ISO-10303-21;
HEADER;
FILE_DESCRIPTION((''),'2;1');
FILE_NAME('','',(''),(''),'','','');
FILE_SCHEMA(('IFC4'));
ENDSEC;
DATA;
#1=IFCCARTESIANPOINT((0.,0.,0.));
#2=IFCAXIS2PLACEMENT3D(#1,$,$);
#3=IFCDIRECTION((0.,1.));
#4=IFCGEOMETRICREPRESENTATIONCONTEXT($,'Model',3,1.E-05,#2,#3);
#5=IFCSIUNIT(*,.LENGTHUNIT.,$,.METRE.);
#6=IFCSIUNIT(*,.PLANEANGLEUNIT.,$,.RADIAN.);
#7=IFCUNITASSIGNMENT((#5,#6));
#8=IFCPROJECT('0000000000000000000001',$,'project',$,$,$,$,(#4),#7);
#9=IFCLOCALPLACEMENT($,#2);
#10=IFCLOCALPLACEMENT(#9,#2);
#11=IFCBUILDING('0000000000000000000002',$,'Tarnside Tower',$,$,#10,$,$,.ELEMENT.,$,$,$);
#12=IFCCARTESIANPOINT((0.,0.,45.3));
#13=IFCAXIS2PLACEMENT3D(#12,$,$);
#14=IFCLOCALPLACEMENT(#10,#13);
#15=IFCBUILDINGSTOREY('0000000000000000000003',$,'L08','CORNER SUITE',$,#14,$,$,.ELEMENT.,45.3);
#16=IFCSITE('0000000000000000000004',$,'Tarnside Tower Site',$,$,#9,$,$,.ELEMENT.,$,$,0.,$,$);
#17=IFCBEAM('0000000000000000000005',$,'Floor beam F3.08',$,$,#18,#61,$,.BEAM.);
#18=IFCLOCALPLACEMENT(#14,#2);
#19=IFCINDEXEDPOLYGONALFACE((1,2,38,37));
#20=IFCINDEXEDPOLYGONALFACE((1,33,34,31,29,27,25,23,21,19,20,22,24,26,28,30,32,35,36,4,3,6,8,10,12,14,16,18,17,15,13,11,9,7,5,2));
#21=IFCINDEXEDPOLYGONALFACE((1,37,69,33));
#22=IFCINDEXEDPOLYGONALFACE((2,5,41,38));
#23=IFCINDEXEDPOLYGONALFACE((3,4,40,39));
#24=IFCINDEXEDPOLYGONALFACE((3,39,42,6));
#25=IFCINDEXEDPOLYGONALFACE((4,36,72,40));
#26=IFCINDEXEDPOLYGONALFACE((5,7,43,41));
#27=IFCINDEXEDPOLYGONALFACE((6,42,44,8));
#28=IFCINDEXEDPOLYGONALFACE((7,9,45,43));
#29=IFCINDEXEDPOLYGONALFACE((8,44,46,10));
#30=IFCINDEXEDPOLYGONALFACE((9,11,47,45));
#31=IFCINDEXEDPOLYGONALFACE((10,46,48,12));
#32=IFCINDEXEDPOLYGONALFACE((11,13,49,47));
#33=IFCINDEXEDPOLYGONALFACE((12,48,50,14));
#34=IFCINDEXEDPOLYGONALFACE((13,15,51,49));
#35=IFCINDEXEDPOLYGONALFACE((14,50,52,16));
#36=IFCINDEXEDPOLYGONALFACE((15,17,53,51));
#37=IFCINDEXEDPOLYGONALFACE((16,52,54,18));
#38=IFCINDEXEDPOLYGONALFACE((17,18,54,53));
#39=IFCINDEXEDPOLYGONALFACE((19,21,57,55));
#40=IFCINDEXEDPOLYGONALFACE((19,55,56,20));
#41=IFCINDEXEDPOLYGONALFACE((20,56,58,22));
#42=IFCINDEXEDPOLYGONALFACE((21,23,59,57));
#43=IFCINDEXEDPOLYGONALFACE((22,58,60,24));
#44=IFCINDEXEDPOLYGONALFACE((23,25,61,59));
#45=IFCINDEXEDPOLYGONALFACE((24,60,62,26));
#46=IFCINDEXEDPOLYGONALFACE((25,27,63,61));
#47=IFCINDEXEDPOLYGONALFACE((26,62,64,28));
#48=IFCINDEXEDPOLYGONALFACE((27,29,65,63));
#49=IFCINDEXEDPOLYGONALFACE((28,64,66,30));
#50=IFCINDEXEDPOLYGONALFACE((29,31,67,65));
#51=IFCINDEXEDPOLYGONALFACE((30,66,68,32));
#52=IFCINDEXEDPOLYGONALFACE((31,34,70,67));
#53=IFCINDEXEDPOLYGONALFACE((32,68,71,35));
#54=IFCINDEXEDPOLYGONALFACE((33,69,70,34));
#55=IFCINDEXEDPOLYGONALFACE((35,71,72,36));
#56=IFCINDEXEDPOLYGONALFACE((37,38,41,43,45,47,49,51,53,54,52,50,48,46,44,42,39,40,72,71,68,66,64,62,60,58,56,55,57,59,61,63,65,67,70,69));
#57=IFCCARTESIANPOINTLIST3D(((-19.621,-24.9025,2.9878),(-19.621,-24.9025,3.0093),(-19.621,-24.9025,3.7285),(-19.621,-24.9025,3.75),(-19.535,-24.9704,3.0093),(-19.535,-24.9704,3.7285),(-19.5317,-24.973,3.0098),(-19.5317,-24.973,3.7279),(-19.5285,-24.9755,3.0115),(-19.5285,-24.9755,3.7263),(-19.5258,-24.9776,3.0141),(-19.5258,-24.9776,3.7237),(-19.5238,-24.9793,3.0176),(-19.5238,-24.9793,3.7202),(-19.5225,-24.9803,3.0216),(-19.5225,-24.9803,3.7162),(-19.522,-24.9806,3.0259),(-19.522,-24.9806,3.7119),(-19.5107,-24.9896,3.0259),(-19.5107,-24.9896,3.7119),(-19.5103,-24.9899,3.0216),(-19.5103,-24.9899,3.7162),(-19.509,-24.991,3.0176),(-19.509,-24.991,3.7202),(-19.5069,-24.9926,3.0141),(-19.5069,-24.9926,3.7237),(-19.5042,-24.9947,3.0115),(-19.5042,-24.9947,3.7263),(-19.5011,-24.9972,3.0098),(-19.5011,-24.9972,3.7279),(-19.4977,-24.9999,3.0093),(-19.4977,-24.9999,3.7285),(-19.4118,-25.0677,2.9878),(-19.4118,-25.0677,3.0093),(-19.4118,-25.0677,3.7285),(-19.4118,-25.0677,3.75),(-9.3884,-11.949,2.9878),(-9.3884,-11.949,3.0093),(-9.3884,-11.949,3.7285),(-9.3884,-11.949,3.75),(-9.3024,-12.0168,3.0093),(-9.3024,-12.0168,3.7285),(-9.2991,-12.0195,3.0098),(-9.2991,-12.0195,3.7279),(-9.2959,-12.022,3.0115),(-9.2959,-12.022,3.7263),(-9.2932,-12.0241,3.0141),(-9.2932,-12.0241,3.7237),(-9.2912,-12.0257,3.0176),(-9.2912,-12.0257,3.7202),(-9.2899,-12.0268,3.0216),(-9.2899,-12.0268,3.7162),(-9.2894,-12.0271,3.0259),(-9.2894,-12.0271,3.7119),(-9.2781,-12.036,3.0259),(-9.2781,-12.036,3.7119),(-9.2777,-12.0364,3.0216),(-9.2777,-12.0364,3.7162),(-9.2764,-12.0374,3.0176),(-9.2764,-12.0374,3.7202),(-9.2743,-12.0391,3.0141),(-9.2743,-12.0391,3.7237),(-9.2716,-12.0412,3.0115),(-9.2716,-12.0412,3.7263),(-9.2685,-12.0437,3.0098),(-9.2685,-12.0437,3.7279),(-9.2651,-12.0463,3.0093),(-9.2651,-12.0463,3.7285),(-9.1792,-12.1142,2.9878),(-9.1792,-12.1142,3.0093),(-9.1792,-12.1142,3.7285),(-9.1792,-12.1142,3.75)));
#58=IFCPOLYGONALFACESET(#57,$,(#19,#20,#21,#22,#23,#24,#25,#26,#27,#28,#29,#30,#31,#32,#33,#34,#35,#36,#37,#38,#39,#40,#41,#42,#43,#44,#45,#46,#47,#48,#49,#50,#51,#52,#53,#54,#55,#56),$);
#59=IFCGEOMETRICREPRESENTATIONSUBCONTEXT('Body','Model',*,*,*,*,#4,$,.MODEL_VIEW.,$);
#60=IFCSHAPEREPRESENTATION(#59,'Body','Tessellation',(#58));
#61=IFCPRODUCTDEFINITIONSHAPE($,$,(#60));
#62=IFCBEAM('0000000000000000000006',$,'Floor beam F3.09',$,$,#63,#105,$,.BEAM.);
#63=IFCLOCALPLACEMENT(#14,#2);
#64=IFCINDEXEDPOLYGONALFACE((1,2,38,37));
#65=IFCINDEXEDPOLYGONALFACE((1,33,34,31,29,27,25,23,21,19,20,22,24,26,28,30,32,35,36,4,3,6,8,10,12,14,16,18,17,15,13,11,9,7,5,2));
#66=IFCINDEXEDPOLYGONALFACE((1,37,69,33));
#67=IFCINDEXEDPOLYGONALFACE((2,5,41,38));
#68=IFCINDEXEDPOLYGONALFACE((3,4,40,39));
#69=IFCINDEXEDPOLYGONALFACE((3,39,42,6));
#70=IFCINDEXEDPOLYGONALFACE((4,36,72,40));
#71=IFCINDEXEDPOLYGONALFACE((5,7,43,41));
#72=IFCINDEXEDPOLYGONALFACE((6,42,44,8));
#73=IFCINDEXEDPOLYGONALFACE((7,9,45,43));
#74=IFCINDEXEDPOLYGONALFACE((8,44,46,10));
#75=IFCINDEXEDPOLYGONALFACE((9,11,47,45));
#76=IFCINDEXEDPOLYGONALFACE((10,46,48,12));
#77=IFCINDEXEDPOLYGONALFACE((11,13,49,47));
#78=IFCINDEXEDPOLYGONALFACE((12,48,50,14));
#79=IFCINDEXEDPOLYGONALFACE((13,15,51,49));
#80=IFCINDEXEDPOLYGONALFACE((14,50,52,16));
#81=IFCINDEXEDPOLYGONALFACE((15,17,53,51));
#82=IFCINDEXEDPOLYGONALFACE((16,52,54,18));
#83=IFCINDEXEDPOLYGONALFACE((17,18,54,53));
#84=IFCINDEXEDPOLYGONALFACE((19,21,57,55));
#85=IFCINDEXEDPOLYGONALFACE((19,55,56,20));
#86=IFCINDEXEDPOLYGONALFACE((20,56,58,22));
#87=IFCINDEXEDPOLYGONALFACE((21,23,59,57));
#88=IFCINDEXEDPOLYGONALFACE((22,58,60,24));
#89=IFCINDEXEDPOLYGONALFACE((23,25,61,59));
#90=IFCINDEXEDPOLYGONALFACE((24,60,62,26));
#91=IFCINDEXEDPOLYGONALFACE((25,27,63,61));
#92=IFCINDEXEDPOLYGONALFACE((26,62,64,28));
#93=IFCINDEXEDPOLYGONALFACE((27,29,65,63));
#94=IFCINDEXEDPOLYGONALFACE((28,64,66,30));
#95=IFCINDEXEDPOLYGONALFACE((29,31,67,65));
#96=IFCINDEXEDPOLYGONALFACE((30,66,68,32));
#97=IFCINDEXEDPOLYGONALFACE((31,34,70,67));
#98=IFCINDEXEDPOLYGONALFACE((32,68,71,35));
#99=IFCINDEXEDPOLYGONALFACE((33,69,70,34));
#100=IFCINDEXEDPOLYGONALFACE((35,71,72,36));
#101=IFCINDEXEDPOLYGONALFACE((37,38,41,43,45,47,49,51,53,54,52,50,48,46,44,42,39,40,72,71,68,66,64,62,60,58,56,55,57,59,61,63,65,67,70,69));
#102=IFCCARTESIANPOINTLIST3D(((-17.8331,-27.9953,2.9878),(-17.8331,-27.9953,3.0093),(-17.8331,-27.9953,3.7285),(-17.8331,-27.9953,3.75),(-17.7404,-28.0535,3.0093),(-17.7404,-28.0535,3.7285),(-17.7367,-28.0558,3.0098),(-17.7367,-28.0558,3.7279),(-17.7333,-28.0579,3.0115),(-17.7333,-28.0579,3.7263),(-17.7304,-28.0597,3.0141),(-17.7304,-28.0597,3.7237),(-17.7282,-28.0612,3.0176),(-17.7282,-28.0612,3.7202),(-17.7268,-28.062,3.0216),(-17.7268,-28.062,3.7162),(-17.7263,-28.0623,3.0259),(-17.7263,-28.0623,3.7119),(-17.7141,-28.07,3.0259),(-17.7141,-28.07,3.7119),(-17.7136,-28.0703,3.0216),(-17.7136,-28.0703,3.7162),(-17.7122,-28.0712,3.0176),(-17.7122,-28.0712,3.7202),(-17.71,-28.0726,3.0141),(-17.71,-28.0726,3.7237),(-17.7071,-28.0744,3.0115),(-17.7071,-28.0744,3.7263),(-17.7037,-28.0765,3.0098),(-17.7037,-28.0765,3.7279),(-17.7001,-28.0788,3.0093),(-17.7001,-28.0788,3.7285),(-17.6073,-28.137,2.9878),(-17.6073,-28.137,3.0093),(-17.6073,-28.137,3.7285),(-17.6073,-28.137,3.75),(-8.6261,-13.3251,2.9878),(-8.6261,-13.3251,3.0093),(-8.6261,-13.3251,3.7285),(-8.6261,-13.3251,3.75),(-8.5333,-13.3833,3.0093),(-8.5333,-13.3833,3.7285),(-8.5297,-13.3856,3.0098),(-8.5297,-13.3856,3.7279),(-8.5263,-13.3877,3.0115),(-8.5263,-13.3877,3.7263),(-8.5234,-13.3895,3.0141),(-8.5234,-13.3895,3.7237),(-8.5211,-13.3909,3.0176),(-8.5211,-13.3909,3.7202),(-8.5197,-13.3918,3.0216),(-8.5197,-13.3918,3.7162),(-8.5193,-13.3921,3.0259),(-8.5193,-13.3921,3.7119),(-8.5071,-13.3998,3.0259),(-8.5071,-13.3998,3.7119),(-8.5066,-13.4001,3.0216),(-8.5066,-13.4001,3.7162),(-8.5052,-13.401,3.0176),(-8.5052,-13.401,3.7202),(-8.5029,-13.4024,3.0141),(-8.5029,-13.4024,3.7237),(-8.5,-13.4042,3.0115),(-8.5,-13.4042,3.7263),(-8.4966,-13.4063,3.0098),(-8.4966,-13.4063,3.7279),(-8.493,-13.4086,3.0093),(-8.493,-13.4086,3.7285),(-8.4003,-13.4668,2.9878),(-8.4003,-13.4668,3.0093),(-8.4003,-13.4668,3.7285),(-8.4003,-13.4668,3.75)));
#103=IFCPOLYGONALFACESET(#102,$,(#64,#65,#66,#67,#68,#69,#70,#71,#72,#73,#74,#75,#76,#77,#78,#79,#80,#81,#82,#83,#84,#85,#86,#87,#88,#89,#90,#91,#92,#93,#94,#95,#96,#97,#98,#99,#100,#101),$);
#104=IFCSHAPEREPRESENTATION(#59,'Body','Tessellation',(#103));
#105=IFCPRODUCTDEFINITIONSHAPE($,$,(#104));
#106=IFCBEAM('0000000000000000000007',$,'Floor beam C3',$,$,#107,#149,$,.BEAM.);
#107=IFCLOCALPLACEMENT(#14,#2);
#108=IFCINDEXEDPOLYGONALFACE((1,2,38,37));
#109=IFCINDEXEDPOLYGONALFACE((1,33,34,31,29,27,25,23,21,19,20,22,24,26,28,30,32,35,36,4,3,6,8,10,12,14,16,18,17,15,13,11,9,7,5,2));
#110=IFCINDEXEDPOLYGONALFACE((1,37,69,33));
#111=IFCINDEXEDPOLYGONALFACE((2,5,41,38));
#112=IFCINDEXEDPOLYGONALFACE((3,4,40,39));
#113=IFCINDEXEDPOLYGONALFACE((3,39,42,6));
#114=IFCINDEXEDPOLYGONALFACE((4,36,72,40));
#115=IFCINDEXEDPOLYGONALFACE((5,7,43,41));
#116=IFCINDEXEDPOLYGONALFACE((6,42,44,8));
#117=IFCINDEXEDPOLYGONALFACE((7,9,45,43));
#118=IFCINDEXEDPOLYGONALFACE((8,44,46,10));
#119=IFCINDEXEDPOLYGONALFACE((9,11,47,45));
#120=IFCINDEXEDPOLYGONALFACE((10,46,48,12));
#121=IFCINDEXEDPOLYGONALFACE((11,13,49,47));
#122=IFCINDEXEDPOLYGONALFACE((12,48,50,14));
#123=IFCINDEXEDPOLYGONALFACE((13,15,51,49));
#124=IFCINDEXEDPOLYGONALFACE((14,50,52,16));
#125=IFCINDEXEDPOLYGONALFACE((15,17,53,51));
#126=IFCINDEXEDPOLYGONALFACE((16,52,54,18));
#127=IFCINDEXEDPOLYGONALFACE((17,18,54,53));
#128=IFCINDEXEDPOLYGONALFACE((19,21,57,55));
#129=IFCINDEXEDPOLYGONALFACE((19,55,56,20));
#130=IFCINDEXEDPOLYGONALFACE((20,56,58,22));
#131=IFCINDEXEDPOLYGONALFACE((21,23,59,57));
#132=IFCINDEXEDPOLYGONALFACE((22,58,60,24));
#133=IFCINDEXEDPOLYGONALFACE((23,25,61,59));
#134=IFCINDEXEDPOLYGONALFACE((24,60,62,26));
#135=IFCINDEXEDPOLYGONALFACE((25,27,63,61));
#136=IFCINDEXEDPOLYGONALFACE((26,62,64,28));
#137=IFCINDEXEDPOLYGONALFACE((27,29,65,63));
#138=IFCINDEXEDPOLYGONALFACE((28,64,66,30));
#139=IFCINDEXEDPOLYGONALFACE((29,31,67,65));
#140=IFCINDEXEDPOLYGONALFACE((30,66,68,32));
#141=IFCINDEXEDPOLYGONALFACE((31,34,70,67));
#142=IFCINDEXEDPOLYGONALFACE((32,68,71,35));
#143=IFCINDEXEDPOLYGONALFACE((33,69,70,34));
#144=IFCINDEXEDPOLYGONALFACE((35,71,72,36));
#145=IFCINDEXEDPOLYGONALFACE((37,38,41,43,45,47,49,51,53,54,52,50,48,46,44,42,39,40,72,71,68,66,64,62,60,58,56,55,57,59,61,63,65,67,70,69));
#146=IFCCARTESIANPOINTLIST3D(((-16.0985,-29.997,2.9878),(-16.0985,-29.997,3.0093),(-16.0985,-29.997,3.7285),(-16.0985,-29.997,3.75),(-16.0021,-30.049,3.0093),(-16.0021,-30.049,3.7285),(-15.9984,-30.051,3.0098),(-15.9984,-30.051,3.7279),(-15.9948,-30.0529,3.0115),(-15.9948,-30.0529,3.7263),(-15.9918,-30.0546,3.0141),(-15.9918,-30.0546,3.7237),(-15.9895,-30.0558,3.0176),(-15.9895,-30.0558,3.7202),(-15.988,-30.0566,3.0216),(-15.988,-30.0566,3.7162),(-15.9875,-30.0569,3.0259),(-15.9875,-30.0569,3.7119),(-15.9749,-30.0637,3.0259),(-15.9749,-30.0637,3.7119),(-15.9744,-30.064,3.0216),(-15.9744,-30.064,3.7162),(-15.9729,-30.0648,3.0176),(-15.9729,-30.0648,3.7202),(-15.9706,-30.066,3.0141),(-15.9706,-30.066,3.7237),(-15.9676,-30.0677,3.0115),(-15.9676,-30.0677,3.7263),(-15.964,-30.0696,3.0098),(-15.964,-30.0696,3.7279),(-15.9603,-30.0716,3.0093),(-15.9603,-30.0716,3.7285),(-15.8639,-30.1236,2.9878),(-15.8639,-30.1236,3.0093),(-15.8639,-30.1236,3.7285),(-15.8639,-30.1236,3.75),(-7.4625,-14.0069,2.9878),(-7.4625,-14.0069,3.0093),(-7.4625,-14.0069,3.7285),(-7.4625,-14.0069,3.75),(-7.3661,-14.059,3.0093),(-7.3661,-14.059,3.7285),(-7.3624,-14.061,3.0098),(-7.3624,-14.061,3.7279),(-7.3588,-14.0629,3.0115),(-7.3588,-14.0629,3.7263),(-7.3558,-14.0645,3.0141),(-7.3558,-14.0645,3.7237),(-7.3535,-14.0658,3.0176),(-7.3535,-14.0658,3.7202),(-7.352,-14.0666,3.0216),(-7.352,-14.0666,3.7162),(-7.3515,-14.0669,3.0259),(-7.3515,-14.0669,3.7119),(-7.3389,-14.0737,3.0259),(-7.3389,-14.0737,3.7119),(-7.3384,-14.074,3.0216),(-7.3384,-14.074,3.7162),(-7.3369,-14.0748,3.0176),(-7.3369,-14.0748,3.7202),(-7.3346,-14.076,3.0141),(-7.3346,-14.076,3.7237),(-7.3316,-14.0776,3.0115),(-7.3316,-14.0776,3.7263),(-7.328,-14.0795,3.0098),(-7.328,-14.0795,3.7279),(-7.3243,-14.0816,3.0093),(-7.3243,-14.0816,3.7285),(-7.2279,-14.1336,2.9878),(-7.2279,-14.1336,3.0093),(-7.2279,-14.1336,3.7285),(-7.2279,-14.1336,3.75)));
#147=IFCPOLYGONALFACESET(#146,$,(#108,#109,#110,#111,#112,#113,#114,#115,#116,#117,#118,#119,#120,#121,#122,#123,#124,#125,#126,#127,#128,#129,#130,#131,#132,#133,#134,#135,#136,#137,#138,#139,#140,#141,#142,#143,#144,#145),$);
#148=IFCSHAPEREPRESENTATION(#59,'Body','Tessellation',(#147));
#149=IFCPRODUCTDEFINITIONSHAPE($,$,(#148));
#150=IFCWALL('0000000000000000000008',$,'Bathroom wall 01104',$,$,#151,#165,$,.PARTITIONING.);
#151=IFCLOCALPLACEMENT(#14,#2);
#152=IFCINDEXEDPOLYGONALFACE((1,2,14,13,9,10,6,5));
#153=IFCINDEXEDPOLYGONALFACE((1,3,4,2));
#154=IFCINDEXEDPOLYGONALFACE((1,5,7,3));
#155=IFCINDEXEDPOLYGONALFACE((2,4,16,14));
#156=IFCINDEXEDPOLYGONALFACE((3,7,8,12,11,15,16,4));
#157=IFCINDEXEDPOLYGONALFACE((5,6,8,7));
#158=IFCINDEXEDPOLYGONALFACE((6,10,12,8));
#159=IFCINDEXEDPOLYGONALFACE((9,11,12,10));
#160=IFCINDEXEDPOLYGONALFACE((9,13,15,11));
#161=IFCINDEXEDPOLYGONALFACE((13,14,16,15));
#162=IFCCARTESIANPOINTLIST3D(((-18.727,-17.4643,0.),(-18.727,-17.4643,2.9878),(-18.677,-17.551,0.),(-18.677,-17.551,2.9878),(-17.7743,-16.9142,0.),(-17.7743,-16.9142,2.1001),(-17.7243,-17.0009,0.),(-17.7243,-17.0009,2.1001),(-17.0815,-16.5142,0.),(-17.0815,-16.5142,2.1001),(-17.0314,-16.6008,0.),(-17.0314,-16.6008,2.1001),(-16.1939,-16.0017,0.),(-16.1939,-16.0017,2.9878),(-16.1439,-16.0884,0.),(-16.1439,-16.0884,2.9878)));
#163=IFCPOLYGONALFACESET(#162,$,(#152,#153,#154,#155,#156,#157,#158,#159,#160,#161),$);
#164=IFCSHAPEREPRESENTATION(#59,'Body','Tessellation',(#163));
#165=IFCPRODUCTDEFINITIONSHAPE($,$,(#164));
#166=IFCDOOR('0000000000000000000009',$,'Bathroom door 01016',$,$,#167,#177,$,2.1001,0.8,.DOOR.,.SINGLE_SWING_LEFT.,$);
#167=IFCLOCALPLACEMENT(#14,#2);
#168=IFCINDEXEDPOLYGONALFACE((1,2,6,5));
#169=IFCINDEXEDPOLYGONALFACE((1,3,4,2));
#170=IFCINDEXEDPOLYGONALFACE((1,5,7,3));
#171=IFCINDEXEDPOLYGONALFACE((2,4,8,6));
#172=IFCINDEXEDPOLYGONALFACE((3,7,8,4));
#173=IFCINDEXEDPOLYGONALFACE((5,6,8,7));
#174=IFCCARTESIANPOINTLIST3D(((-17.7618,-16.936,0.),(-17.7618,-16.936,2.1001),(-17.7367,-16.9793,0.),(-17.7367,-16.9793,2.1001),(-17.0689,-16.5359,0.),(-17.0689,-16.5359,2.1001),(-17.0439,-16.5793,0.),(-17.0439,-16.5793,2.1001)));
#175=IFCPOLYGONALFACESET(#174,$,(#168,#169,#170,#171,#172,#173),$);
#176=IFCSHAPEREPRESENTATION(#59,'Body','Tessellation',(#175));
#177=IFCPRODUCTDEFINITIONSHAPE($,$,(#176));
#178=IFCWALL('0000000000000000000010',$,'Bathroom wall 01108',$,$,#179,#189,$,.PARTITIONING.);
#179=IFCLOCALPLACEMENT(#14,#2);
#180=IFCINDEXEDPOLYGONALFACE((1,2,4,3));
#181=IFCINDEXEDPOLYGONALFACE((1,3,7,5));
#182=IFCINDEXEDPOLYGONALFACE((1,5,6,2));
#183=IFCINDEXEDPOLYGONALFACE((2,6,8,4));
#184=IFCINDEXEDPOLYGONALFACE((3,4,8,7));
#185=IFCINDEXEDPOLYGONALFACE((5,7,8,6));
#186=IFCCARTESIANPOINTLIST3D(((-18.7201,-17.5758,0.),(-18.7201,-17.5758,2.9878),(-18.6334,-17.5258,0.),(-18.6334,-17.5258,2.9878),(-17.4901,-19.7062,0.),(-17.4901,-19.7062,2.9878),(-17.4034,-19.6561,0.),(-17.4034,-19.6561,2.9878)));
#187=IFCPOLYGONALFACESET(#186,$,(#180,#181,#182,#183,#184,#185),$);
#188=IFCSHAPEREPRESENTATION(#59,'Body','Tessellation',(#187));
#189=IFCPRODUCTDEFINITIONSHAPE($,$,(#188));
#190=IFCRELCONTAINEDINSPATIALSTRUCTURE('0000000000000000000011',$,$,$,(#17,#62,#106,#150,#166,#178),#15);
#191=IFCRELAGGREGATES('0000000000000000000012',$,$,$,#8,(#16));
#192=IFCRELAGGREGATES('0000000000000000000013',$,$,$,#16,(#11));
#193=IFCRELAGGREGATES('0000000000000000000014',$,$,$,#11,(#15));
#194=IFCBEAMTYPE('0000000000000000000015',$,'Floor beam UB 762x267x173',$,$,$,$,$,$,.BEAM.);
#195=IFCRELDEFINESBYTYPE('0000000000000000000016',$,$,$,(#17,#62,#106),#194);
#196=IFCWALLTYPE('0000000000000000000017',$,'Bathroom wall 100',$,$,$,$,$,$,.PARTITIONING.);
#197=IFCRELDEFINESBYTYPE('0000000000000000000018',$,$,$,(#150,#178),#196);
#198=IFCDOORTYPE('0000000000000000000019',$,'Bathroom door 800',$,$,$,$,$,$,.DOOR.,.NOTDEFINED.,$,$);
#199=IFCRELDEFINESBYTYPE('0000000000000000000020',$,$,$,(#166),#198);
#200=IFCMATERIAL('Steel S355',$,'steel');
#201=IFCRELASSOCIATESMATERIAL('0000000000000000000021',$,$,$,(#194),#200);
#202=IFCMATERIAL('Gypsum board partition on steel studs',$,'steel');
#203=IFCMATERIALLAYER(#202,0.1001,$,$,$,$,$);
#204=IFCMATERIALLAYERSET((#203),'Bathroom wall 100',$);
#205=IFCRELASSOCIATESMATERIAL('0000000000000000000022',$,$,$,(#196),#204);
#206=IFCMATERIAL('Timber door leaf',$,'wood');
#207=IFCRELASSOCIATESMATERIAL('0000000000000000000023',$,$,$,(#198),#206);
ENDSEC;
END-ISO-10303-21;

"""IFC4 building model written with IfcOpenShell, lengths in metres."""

from ifc_helpers import new_model, si_unit, direction, frame, frame_2d, origin, origin_2d, place, context, subcontext, project, spatial, rectangle, i_section, extrude, material, layer, layer_set, material_profile, profile_set, type_object, element, fill, save


model = new_model("IFC4")

# Units and contexts
model_context = context("Model", 3, precision=1e-05, world=origin(), true_north=direction((0.0, 1.0)))
body_context = subcontext(model_context, "Body", "Model", "MODEL_VIEW")
ifc_project = project(units=[si_unit("LENGTHUNIT", "METRE"), si_unit("PLANEANGLEUNIT", "RADIAN")], contexts=[model_context])

# Site, building, storey
site_placement = place(None, origin())
site = spatial("IfcSite", under=ifc_project, at=site_placement, Name="Tarnside Tower Site", CompositionType="ELEMENT", RefElevation=0.0)
building_placement = place(site_placement, origin())
building = spatial("IfcBuilding", under=site, at=building_placement, Name="Tarnside Tower", CompositionType="ELEMENT")
storey_placement = place(building_placement, frame((0.0, 0.0, 45.3)))
storey = spatial("IfcBuildingStorey", under=building, at=storey_placement, Name="L08", Description="CORNER SUITE", CompositionType="ELEMENT", Elevation=45.3)

# Beams
ifc_material_1 = material(Name="Steel S355", Category="steel")
ifc_material_profile_1 = material_profile(ifc_material_1, i_section(OverallWidth=0.2666, OverallDepth=0.7622, WebThickness=0.0144, FlangeThickness=0.0215, FilletRadius=0.0166, at=origin_2d()), Name="UB 762x267x173")
ifc_profile_set_1 = profile_set([ifc_material_profile_1], Name="Steel S355")
beam_type_1 = type_object("IfcBeamType", Name="Floor beam UB 762x267x173", PredefinedType="BEAM", material=ifc_profile_set_1)
beam_1_placement = place(storey_placement, frame((-19.5164, -24.9851, 3.3689), z_axis=(0.619873, 0.784702, 0.0), x_axis=(-0.784702, 0.619873, 0.0)))
element("IfcBeam", 1, at=beam_1_placement, inside=storey, type_object=beam_type_1, Name="Floor beam F3.08", PredefinedType="BEAM", context=body_context, shape_type="SweptSolid", body=[
    extrude(i_section(OverallWidth=0.2666, OverallDepth=0.7622, WebThickness=0.0144, FlangeThickness=0.0215, FilletRadius=0.0166, at=origin_2d()), origin(), (0.0, 0.0, 1.0), 16.5076),
])
beam_2_placement = place(storey_placement, frame((-17.7202, -28.0662, 3.3689), z_axis=(0.531583, 0.847006, 0.0), x_axis=(-0.847006, 0.531583, 0.0)))
element("IfcBeam", 2, at=beam_2_placement, inside=storey, type_object=beam_type_1, Name="Floor beam F3.09", PredefinedType="BEAM", context=body_context, shape_type="SweptSolid", body=[
    extrude(i_section(OverallWidth=0.2666, OverallDepth=0.7622, WebThickness=0.0144, FlangeThickness=0.0215, FilletRadius=0.0166, at=origin_2d()), origin(), (0.0, 0.0, 1.0), 17.3201),
])
beam_3_placement = place(storey_placement, frame((-15.9812, -30.0603, 3.3689), z_axis=(0.475208, 0.879873, 0.0), x_axis=(-0.879873, 0.475208, 0.0)))
element("IfcBeam", 3, at=beam_3_placement, inside=storey, type_object=beam_type_1, Name="Floor beam C3", PredefinedType="BEAM", context=body_context, shape_type="SweptSolid", body=[
    extrude(i_section(OverallWidth=0.2666, OverallDepth=0.7622, WebThickness=0.0144, FlangeThickness=0.0215, FilletRadius=0.0166, at=origin_2d()), origin(), (0.0, 0.0, 1.0), 18.1731),
])

# Wall, opening, door
ifc_material_2 = material(Name="Gypsum board partition on steel studs", Category="steel")
ifc_layer_1 = layer(ifc_material_2, 0.1001)
ifc_layer_set_1 = layer_set([ifc_layer_1], Name="Bathroom wall 100")
wall_type_1 = type_object("IfcWallType", Name="Bathroom wall 100", PredefinedType="PARTITIONING", material=ifc_layer_set_1)
wall_1_placement = place(storey_placement, frame((-18.7019, -17.5076, 0.0), z_axis=(0.0, 0.0, 1.0), x_axis=(0.86601, 0.500026, 0.0)))
wall_1 = element("IfcWall", 4, at=wall_1_placement, inside=storey, type_object=wall_type_1, Name="Bathroom wall 01104", PredefinedType="PARTITIONING", context=body_context, shape_type="SweptSolid", body=[
    extrude(rectangle(XDim=2.925, YDim=0.1001, at=frame_2d((1.4624, 0.0))), origin(), (0.0, 0.0, 1.0), 2.9878),
])
opening_1_placement = place(wall_1_placement, frame((1.1001, 0.0, 0.0)))
opening_1 = element("IfcOpeningElement", 5, at=opening_1_placement, cuts=wall_1, PredefinedType="OPENING", context=body_context, shape_type="SweptSolid", body=[
    extrude(rectangle(XDim=0.8, YDim=2.1001, at=frame_2d((0.3999, 1.05))), frame((0.0, 0.0601, 0.0), z_axis=(0.0, -1.0, 0.0), x_axis=(1.0, 0.0, 0.0)), (0.0, 0.0, 1.0), 0.1201),
])
ifc_material_3 = material(Name="Timber door leaf", Category="wood")
door_type_1 = type_object("IfcDoorType", Name="Bathroom door 800", OperationType="NOTDEFINED", PredefinedType="DOOR", material=ifc_material_3)
door_1_placement = place(opening_1_placement, origin())
door_1 = element("IfcDoor", 6, at=door_1_placement, inside=storey, type_object=door_type_1, Name="Bathroom door 01016", OperationType="SINGLE_SWING_LEFT", OverallHeight=2.1001, OverallWidth=0.8, PredefinedType="DOOR", context=body_context, shape_type="SweptSolid", body=[
    extrude(rectangle(XDim=0.8, YDim=2.1001, at=frame_2d((0.3999, 1.05))), frame((0.0, 0.0249, 0.0), z_axis=(0.0, -1.0, 0.0), x_axis=(1.0, 0.0, 0.0)), (0.0, 0.0, 1.0), 0.05),
])
fill(opening_1, door_1)

# Wall
wall_2_placement = place(storey_placement, frame((-18.6768, -17.5508, 0.0), z_axis=(0.0, 0.0, 1.0), x_axis=(0.500003, -0.866024, 0.0)))
element("IfcWall", 7, at=wall_2_placement, inside=storey, type_object=wall_type_1, Name="Bathroom wall 01108", PredefinedType="PARTITIONING", context=body_context, shape_type="SweptSolid", body=[
    extrude(rectangle(XDim=2.46, YDim=0.1001, at=frame_2d((1.23, 0.0))), origin(), (0.0, 0.0, 1.0), 2.9878),
])

save(model, "model.ifc")
